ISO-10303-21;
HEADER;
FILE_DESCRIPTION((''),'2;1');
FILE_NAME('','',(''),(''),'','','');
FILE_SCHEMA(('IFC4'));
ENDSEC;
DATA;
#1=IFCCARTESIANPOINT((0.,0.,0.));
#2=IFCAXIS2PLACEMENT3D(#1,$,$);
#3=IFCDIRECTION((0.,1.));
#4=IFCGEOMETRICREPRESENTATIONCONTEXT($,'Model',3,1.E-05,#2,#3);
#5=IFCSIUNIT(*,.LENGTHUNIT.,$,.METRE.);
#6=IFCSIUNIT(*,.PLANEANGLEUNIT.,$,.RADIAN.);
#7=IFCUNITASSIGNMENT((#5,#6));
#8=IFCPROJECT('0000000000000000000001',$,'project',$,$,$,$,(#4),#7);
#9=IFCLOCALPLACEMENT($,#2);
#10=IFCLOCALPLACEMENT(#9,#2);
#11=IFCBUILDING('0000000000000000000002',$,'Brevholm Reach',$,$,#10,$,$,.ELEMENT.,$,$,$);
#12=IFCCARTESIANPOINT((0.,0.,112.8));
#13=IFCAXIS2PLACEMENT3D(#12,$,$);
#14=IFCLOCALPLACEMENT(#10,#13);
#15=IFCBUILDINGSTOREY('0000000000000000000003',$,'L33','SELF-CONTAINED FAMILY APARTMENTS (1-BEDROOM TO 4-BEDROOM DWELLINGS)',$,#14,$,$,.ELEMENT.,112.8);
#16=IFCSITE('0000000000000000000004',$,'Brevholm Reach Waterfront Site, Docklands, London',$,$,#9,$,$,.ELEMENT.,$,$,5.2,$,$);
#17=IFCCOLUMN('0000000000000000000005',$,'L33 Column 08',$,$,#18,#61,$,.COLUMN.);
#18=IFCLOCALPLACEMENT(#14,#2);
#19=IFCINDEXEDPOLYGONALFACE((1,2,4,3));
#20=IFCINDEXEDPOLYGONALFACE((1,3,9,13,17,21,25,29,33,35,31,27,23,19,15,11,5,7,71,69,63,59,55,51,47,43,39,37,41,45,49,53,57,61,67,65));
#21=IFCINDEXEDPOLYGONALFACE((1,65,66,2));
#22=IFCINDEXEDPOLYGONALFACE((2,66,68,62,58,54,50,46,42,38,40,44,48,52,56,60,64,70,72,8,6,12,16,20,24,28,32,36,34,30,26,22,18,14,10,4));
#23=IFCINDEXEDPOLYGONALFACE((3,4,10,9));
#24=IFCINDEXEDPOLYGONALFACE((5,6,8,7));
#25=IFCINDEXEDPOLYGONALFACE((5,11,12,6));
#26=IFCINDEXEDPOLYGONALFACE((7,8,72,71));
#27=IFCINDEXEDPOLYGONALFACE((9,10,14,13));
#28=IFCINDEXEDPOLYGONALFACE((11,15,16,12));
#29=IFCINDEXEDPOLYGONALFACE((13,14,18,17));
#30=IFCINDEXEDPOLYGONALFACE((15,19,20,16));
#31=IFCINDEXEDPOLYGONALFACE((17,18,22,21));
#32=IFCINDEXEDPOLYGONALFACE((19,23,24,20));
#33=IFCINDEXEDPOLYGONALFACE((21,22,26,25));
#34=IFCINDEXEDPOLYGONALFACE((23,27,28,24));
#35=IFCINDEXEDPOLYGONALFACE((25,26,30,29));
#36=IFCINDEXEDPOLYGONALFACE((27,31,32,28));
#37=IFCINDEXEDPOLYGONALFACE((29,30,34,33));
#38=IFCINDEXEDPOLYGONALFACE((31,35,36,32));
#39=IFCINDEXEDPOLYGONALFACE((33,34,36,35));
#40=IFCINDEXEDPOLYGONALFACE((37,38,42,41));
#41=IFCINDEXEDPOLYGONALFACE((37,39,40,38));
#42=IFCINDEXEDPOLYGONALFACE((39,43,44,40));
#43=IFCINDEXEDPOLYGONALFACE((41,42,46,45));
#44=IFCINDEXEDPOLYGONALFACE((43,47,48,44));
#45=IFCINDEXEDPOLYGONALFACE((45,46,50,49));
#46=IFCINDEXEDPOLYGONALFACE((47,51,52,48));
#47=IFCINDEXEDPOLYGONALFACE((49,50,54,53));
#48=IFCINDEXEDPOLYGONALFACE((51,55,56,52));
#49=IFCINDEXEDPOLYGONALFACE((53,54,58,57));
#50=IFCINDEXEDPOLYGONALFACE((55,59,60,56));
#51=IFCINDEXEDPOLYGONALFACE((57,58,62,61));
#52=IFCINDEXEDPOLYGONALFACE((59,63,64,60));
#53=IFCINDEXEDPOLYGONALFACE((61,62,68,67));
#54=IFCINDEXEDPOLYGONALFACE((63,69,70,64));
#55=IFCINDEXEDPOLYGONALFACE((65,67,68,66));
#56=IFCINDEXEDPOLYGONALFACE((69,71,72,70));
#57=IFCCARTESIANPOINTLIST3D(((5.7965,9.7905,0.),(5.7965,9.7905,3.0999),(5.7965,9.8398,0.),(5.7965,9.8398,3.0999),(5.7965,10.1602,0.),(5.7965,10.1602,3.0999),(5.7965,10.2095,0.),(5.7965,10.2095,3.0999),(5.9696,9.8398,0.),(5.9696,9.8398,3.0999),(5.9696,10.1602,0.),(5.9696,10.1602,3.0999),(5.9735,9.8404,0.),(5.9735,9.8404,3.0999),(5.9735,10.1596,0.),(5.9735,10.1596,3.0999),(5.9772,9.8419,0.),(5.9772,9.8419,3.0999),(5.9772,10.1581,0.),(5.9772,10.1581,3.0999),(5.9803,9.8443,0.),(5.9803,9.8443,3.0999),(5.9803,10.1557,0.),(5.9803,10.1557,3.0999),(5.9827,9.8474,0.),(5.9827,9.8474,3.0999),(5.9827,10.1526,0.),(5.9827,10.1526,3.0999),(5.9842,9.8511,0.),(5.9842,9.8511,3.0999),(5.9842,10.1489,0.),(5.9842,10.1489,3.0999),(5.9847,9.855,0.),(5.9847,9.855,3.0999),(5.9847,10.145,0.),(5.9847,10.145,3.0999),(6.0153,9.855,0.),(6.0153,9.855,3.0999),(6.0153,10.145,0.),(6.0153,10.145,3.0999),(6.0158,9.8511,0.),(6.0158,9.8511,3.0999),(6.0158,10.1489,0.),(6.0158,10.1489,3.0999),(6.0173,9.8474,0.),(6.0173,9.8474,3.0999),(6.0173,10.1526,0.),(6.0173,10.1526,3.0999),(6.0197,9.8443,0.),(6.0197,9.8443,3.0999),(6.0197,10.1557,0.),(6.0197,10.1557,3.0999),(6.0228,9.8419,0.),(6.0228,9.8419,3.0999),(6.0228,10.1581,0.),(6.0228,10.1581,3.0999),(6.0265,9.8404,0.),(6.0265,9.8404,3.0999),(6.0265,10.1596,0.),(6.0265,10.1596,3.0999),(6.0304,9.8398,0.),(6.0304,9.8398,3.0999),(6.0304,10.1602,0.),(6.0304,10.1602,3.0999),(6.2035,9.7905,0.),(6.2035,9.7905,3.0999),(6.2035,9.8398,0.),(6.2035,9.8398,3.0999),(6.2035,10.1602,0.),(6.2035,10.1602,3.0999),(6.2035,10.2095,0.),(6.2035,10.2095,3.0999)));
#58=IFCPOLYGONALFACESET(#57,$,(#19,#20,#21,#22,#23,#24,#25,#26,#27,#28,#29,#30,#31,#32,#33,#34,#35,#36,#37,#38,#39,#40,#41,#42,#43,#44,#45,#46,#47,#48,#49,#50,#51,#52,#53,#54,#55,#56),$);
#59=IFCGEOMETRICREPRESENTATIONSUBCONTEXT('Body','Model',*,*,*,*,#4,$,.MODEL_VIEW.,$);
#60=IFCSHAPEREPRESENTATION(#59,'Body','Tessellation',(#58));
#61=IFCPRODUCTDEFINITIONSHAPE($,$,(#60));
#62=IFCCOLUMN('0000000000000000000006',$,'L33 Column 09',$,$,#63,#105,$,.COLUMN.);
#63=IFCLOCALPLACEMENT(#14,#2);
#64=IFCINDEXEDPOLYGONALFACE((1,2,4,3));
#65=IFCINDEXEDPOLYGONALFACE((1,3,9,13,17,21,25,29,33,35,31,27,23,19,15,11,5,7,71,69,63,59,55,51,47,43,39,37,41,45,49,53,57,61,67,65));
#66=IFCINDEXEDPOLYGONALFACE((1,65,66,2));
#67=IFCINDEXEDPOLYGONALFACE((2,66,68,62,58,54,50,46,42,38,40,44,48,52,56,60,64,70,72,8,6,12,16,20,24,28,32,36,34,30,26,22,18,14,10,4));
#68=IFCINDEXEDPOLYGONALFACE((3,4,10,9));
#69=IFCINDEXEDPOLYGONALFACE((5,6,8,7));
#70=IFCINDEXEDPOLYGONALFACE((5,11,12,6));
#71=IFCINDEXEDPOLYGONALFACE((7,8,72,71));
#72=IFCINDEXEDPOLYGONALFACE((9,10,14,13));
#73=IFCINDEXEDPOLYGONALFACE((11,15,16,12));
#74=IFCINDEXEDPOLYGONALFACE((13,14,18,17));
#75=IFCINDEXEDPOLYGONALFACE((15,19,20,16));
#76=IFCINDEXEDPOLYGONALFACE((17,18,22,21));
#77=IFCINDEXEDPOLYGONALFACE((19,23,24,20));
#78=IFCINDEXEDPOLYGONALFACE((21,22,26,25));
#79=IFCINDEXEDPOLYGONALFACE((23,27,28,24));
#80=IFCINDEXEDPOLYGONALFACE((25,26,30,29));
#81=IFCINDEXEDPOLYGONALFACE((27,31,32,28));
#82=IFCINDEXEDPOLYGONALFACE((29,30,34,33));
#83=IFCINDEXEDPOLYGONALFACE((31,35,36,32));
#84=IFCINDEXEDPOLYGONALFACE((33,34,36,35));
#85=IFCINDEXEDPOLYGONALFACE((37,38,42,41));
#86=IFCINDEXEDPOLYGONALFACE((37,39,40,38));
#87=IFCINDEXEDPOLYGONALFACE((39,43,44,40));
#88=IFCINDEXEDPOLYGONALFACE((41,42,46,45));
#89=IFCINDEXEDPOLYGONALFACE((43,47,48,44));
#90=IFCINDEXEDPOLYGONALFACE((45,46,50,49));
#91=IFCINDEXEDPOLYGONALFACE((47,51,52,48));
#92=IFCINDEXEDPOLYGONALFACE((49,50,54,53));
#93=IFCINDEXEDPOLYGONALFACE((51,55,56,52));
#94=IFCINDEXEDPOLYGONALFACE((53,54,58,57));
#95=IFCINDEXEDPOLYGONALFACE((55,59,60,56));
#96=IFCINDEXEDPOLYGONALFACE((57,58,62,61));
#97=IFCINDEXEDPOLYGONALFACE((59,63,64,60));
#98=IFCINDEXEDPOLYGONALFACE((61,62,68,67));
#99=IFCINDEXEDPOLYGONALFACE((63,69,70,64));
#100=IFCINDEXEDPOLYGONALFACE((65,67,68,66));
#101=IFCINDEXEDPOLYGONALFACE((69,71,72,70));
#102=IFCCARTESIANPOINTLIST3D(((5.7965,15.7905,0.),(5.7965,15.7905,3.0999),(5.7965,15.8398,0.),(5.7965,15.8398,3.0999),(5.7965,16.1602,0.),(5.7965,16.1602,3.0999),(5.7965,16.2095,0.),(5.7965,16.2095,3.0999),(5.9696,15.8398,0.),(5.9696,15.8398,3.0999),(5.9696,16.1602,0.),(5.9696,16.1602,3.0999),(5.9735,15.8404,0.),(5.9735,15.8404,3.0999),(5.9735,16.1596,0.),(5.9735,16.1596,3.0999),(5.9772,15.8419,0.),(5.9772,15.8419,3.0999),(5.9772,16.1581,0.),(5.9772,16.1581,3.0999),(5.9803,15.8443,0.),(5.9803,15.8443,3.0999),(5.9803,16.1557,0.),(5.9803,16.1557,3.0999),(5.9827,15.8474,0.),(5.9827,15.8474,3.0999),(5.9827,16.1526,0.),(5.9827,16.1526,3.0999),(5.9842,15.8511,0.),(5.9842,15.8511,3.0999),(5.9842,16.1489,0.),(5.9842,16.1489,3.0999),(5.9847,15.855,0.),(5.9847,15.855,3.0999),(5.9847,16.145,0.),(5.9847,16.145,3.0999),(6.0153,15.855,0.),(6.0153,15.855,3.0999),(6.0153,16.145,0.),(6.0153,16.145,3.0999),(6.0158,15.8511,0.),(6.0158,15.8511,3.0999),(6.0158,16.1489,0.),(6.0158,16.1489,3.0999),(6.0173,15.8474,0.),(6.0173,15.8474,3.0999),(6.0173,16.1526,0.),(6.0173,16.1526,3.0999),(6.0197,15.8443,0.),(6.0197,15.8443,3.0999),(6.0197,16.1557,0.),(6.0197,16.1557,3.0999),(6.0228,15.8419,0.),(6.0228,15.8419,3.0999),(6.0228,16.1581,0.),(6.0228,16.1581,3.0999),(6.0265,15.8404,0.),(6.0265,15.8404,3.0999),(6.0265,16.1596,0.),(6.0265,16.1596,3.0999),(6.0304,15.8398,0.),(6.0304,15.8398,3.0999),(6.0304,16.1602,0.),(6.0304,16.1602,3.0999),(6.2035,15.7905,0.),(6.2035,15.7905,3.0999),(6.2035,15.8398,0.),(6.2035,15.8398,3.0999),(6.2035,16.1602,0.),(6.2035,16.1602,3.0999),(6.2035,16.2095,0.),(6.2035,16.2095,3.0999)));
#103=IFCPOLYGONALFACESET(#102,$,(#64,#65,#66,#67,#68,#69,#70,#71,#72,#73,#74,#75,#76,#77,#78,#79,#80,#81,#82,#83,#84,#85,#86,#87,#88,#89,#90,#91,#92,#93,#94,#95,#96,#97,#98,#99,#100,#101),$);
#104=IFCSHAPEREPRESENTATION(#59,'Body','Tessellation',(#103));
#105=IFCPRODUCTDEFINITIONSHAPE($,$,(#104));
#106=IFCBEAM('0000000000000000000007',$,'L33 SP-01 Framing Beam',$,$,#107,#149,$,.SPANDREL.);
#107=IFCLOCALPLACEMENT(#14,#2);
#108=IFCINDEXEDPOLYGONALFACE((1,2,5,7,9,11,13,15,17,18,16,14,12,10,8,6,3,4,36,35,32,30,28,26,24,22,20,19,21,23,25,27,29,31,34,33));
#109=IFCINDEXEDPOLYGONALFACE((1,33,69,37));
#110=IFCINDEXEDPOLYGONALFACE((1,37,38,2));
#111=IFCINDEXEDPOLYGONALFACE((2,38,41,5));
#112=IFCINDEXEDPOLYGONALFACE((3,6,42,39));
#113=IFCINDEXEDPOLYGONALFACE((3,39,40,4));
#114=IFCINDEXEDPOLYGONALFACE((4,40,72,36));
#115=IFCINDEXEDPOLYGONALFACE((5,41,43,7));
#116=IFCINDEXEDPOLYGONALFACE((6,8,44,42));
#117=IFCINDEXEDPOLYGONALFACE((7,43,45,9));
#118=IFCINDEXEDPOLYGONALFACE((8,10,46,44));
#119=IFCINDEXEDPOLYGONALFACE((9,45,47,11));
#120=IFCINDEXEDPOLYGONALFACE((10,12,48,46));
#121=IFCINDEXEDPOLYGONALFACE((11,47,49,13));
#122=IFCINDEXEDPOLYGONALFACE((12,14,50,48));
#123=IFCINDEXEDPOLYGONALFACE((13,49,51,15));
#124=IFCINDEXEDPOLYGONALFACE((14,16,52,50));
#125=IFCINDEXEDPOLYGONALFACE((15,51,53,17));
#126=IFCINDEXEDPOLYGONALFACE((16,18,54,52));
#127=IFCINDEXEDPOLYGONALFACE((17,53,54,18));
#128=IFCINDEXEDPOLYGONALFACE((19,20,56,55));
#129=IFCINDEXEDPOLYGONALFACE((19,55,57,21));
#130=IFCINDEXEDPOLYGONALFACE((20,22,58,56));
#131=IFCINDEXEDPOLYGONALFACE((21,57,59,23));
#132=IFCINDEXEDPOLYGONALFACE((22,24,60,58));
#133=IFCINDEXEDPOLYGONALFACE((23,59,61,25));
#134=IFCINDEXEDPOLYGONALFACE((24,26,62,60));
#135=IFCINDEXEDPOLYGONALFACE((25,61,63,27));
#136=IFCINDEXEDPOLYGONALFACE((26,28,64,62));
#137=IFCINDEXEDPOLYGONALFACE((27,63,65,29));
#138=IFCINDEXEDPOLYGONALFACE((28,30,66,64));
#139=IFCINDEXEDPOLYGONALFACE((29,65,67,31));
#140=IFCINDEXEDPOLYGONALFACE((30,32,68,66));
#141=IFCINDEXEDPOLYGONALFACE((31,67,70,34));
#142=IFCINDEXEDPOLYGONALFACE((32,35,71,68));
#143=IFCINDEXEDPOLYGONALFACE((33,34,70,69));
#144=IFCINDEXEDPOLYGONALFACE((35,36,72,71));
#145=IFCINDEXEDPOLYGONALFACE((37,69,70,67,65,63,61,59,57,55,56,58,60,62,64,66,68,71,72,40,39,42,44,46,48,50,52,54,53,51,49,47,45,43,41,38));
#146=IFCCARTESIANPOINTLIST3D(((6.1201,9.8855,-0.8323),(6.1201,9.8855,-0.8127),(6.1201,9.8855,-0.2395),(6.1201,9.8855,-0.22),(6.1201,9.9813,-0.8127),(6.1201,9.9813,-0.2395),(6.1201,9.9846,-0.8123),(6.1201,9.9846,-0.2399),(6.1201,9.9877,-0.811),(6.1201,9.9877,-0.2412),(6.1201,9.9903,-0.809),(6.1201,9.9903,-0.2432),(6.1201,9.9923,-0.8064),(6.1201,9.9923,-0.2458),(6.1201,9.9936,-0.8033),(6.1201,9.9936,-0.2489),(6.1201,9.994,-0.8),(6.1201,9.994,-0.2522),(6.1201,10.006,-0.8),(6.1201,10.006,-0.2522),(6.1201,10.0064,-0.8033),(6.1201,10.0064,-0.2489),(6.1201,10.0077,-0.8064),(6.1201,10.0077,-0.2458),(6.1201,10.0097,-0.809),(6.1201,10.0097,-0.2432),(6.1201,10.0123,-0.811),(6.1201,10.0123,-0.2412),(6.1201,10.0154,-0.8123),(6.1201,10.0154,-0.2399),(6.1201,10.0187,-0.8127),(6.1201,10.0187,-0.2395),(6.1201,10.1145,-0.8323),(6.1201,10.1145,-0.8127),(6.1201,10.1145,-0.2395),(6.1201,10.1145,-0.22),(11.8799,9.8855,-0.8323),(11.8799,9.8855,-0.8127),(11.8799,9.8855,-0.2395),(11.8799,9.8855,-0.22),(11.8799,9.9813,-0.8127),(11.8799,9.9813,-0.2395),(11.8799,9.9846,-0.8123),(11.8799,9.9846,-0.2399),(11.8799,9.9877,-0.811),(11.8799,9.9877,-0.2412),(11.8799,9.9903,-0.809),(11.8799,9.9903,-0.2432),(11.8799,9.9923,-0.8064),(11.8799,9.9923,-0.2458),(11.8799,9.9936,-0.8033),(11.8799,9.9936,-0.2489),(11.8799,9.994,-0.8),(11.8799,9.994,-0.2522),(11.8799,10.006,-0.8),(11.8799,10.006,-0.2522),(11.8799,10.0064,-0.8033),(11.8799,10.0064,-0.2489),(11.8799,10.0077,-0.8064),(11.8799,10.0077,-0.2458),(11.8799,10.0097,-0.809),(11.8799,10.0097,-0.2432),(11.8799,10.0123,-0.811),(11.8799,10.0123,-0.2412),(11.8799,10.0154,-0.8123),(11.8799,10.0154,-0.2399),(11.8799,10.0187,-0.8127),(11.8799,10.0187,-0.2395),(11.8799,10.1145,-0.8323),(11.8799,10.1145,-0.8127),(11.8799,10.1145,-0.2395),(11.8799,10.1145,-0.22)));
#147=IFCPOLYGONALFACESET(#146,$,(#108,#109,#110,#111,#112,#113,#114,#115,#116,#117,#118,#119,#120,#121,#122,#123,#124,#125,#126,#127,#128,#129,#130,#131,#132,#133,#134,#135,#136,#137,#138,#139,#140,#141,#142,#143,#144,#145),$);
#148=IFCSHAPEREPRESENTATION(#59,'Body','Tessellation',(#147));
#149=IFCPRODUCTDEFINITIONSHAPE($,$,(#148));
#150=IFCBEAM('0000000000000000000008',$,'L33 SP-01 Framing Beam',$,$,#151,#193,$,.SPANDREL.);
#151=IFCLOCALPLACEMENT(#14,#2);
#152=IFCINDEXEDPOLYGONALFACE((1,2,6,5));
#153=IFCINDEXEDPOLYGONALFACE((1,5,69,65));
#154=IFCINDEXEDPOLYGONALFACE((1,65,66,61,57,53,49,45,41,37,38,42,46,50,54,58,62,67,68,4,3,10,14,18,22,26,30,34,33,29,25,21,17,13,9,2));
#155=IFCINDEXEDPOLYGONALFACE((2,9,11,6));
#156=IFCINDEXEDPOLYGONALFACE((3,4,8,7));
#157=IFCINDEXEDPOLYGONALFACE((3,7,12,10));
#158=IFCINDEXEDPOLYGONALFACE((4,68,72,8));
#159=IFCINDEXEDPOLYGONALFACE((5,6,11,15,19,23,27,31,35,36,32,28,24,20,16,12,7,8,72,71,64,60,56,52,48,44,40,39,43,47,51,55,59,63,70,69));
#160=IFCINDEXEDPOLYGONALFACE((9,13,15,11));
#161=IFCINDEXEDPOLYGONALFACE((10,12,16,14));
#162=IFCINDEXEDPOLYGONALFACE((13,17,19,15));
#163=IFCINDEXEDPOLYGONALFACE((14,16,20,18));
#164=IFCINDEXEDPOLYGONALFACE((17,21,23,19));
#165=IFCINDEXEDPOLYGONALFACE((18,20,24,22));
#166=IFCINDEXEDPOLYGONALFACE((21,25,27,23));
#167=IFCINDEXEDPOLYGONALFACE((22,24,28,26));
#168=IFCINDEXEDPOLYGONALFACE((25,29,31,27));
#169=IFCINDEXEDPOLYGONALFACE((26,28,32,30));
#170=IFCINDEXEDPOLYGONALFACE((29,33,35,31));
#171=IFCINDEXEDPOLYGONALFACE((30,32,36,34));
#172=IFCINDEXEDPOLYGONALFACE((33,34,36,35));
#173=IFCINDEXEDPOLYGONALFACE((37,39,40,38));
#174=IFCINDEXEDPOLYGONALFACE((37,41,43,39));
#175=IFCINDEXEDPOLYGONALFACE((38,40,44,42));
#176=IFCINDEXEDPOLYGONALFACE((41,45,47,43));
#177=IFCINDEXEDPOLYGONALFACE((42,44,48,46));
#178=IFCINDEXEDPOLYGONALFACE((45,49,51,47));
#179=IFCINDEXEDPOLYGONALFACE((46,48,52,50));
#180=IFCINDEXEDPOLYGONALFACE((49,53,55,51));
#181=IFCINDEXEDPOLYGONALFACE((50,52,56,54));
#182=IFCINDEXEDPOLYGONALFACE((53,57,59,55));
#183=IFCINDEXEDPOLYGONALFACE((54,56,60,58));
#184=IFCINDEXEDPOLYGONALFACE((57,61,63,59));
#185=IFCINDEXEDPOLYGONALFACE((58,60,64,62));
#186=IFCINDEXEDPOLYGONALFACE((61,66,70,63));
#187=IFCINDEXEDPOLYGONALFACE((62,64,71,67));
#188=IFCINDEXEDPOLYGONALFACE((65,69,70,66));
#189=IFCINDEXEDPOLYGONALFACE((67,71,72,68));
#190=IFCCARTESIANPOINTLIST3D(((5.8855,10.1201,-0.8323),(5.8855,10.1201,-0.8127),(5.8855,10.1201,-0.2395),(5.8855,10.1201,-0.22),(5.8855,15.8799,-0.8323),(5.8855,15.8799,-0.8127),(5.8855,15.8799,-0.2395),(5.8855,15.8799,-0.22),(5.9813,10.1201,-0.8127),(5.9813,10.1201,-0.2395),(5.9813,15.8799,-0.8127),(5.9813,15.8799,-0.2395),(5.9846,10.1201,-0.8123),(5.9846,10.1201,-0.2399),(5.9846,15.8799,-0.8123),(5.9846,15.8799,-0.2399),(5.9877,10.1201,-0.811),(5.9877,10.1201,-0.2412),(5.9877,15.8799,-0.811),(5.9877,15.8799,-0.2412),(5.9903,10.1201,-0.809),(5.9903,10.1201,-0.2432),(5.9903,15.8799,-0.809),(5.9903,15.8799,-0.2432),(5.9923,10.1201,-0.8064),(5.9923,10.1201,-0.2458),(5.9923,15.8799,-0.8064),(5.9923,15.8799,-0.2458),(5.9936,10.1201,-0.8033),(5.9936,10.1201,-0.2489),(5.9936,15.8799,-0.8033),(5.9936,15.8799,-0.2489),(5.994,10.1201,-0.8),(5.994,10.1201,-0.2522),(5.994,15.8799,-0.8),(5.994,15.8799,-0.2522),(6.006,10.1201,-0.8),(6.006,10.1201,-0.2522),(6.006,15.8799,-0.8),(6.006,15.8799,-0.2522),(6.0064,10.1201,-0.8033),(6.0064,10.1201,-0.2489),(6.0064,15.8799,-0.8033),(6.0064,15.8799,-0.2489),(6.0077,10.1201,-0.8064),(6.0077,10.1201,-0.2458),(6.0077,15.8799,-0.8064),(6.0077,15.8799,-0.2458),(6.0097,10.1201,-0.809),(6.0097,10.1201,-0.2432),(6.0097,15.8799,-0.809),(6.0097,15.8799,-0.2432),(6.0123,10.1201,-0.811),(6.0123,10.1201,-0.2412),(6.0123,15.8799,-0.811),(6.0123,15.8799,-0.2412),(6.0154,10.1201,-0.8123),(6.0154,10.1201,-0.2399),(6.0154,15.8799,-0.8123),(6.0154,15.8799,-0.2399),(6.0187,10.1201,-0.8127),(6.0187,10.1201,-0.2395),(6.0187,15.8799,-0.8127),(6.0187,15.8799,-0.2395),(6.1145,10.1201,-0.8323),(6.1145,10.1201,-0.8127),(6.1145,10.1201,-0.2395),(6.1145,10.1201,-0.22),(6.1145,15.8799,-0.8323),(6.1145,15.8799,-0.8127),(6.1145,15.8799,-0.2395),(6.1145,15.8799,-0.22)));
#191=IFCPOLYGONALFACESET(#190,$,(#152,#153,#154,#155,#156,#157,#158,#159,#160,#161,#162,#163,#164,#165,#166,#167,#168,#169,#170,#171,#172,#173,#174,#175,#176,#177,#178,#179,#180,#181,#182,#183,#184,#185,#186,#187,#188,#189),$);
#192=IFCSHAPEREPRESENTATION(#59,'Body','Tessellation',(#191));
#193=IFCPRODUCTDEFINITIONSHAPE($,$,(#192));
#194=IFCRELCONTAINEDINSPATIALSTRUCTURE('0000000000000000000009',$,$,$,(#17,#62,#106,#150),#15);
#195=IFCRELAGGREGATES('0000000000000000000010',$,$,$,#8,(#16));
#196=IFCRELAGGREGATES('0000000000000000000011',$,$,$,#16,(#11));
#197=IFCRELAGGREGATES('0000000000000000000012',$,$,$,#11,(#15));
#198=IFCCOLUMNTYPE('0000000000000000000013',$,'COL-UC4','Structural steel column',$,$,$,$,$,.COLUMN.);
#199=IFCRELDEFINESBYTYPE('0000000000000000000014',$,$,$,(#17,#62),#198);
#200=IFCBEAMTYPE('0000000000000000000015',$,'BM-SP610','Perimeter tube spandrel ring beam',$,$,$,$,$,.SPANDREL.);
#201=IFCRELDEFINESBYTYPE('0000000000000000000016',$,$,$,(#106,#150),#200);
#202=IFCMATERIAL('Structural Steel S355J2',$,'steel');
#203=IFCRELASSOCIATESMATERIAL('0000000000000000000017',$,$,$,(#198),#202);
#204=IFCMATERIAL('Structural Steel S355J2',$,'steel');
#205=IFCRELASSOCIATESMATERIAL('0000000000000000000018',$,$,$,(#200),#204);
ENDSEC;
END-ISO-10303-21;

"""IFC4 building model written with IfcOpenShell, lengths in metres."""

from ifc_helpers import new_model, si_unit, direction, frame, origin, origin_2d, place, context, subcontext, project, spatial, i_section, extrude, material, material_profile, profile_set, type_object, element, save


model = new_model("IFC4")

# Units and contexts
model_context = context("Model", 3, precision=1e-05, world=origin(), true_north=direction((0.0, 1.0)))
body_context = subcontext(model_context, "Body", "Model", "MODEL_VIEW")
ifc_project = project(units=[si_unit("LENGTHUNIT", "METRE"), si_unit("PLANEANGLEUNIT", "RADIAN")], contexts=[model_context])

# Site, building, storey
site_placement = place(None, origin())
site = spatial("IfcSite", under=ifc_project, at=site_placement, Name="Brevholm Reach Waterfront Site, Docklands, London", CompositionType="ELEMENT", RefElevation=5.2)
building_placement = place(site_placement, origin())
building = spatial("IfcBuilding", under=site, at=building_placement, Name="Brevholm Reach", CompositionType="ELEMENT")
storey_placement = place(building_placement, frame((0.0, 0.0, 112.8)))
storey = spatial("IfcBuildingStorey", under=building, at=storey_placement, Name="L33", Description="SELF-CONTAINED FAMILY APARTMENTS (1-BEDROOM TO 4-BEDROOM DWELLINGS)", CompositionType="ELEMENT", Elevation=112.8)

# Columns
ifc_material_1 = material(Name="Structural Steel S355J2", Category="steel")
ifc_material_profile_1 = material_profile(ifc_material_1, i_section(OverallWidth=0.407, OverallDepth=0.4189, WebThickness=0.0305, FlangeThickness=0.0493, FilletRadius=0.0151, at=origin_2d()), Name="UKC 356x406x393")
ifc_profile_set_1 = profile_set([ifc_material_profile_1], Name="Structural Steel S355J2")
column_type = type_object("IfcColumnType", Name="COL-UC4", Description="Structural steel column", PredefinedType="COLUMN", material=ifc_profile_set_1)
for number, where, z_axis, x_axis, name in (
    (1, (6.0, 10.0, 0.0), (0.0, 0.0, 1.0), (1.0, 0.0, 0.0), "L33 Column 08"),
    (2, (6.0, 16.0, 0.0), (0.0, 0.0, 1.0), (1.0, 0.0, 0.0), "L33 Column 09"),
):
    element("IfcColumn", number, at=place(storey_placement, frame(where, z_axis=z_axis, x_axis=x_axis)), inside=storey, type_object=column_type, Name=name, PredefinedType="COLUMN", context=body_context, shape_type="SweptSolid", body=[
        extrude(i_section(OverallWidth=0.407, OverallDepth=0.4189, WebThickness=0.0305, FlangeThickness=0.0493, FilletRadius=0.0151, at=origin_2d()), origin(), (0.0, 0.0, 1.0), 3.0999),
    ])

# Beams
ifc_material_2 = material(Name="Structural Steel S355J2", Category="steel")
ifc_material_profile_2 = material_profile(ifc_material_2, i_section(OverallWidth=0.229, OverallDepth=0.6123, WebThickness=0.012, FlangeThickness=0.0195, FilletRadius=0.0127, at=origin_2d()), Name="UKB 610x229x125")
ifc_profile_set_2 = profile_set([ifc_material_profile_2], Name="Structural Steel S355J2")
beam_type = type_object("IfcBeamType", Name="BM-SP610", Description="Perimeter tube spandrel ring beam", PredefinedType="SPANDREL", material=ifc_profile_set_2)
for number, where, z_axis, x_axis, name in (
    (3, (6.1201, 10.0, -0.5261), (1.0, 0.0, 0.0), (0.0, 1.0, 0.0), "L33 SP-01 Framing Beam"),
    (4, (6.0, 10.1201, -0.5261), (0.0, 1.0, 0.0), (-1.0, 0.0, 0.0), "L33 SP-01 Framing Beam"),
):
    element("IfcBeam", number, at=place(storey_placement, frame(where, z_axis=z_axis, x_axis=x_axis)), inside=storey, type_object=beam_type, Name=name, PredefinedType="SPANDREL", context=body_context, shape_type="SweptSolid", body=[
        extrude(i_section(OverallWidth=0.229, OverallDepth=0.6123, WebThickness=0.012, FlangeThickness=0.0195, FilletRadius=0.0127, at=origin_2d()), origin(), (0.0, 0.0, 1.0), 5.7598),
    ])

save(model, "model.ifc")
